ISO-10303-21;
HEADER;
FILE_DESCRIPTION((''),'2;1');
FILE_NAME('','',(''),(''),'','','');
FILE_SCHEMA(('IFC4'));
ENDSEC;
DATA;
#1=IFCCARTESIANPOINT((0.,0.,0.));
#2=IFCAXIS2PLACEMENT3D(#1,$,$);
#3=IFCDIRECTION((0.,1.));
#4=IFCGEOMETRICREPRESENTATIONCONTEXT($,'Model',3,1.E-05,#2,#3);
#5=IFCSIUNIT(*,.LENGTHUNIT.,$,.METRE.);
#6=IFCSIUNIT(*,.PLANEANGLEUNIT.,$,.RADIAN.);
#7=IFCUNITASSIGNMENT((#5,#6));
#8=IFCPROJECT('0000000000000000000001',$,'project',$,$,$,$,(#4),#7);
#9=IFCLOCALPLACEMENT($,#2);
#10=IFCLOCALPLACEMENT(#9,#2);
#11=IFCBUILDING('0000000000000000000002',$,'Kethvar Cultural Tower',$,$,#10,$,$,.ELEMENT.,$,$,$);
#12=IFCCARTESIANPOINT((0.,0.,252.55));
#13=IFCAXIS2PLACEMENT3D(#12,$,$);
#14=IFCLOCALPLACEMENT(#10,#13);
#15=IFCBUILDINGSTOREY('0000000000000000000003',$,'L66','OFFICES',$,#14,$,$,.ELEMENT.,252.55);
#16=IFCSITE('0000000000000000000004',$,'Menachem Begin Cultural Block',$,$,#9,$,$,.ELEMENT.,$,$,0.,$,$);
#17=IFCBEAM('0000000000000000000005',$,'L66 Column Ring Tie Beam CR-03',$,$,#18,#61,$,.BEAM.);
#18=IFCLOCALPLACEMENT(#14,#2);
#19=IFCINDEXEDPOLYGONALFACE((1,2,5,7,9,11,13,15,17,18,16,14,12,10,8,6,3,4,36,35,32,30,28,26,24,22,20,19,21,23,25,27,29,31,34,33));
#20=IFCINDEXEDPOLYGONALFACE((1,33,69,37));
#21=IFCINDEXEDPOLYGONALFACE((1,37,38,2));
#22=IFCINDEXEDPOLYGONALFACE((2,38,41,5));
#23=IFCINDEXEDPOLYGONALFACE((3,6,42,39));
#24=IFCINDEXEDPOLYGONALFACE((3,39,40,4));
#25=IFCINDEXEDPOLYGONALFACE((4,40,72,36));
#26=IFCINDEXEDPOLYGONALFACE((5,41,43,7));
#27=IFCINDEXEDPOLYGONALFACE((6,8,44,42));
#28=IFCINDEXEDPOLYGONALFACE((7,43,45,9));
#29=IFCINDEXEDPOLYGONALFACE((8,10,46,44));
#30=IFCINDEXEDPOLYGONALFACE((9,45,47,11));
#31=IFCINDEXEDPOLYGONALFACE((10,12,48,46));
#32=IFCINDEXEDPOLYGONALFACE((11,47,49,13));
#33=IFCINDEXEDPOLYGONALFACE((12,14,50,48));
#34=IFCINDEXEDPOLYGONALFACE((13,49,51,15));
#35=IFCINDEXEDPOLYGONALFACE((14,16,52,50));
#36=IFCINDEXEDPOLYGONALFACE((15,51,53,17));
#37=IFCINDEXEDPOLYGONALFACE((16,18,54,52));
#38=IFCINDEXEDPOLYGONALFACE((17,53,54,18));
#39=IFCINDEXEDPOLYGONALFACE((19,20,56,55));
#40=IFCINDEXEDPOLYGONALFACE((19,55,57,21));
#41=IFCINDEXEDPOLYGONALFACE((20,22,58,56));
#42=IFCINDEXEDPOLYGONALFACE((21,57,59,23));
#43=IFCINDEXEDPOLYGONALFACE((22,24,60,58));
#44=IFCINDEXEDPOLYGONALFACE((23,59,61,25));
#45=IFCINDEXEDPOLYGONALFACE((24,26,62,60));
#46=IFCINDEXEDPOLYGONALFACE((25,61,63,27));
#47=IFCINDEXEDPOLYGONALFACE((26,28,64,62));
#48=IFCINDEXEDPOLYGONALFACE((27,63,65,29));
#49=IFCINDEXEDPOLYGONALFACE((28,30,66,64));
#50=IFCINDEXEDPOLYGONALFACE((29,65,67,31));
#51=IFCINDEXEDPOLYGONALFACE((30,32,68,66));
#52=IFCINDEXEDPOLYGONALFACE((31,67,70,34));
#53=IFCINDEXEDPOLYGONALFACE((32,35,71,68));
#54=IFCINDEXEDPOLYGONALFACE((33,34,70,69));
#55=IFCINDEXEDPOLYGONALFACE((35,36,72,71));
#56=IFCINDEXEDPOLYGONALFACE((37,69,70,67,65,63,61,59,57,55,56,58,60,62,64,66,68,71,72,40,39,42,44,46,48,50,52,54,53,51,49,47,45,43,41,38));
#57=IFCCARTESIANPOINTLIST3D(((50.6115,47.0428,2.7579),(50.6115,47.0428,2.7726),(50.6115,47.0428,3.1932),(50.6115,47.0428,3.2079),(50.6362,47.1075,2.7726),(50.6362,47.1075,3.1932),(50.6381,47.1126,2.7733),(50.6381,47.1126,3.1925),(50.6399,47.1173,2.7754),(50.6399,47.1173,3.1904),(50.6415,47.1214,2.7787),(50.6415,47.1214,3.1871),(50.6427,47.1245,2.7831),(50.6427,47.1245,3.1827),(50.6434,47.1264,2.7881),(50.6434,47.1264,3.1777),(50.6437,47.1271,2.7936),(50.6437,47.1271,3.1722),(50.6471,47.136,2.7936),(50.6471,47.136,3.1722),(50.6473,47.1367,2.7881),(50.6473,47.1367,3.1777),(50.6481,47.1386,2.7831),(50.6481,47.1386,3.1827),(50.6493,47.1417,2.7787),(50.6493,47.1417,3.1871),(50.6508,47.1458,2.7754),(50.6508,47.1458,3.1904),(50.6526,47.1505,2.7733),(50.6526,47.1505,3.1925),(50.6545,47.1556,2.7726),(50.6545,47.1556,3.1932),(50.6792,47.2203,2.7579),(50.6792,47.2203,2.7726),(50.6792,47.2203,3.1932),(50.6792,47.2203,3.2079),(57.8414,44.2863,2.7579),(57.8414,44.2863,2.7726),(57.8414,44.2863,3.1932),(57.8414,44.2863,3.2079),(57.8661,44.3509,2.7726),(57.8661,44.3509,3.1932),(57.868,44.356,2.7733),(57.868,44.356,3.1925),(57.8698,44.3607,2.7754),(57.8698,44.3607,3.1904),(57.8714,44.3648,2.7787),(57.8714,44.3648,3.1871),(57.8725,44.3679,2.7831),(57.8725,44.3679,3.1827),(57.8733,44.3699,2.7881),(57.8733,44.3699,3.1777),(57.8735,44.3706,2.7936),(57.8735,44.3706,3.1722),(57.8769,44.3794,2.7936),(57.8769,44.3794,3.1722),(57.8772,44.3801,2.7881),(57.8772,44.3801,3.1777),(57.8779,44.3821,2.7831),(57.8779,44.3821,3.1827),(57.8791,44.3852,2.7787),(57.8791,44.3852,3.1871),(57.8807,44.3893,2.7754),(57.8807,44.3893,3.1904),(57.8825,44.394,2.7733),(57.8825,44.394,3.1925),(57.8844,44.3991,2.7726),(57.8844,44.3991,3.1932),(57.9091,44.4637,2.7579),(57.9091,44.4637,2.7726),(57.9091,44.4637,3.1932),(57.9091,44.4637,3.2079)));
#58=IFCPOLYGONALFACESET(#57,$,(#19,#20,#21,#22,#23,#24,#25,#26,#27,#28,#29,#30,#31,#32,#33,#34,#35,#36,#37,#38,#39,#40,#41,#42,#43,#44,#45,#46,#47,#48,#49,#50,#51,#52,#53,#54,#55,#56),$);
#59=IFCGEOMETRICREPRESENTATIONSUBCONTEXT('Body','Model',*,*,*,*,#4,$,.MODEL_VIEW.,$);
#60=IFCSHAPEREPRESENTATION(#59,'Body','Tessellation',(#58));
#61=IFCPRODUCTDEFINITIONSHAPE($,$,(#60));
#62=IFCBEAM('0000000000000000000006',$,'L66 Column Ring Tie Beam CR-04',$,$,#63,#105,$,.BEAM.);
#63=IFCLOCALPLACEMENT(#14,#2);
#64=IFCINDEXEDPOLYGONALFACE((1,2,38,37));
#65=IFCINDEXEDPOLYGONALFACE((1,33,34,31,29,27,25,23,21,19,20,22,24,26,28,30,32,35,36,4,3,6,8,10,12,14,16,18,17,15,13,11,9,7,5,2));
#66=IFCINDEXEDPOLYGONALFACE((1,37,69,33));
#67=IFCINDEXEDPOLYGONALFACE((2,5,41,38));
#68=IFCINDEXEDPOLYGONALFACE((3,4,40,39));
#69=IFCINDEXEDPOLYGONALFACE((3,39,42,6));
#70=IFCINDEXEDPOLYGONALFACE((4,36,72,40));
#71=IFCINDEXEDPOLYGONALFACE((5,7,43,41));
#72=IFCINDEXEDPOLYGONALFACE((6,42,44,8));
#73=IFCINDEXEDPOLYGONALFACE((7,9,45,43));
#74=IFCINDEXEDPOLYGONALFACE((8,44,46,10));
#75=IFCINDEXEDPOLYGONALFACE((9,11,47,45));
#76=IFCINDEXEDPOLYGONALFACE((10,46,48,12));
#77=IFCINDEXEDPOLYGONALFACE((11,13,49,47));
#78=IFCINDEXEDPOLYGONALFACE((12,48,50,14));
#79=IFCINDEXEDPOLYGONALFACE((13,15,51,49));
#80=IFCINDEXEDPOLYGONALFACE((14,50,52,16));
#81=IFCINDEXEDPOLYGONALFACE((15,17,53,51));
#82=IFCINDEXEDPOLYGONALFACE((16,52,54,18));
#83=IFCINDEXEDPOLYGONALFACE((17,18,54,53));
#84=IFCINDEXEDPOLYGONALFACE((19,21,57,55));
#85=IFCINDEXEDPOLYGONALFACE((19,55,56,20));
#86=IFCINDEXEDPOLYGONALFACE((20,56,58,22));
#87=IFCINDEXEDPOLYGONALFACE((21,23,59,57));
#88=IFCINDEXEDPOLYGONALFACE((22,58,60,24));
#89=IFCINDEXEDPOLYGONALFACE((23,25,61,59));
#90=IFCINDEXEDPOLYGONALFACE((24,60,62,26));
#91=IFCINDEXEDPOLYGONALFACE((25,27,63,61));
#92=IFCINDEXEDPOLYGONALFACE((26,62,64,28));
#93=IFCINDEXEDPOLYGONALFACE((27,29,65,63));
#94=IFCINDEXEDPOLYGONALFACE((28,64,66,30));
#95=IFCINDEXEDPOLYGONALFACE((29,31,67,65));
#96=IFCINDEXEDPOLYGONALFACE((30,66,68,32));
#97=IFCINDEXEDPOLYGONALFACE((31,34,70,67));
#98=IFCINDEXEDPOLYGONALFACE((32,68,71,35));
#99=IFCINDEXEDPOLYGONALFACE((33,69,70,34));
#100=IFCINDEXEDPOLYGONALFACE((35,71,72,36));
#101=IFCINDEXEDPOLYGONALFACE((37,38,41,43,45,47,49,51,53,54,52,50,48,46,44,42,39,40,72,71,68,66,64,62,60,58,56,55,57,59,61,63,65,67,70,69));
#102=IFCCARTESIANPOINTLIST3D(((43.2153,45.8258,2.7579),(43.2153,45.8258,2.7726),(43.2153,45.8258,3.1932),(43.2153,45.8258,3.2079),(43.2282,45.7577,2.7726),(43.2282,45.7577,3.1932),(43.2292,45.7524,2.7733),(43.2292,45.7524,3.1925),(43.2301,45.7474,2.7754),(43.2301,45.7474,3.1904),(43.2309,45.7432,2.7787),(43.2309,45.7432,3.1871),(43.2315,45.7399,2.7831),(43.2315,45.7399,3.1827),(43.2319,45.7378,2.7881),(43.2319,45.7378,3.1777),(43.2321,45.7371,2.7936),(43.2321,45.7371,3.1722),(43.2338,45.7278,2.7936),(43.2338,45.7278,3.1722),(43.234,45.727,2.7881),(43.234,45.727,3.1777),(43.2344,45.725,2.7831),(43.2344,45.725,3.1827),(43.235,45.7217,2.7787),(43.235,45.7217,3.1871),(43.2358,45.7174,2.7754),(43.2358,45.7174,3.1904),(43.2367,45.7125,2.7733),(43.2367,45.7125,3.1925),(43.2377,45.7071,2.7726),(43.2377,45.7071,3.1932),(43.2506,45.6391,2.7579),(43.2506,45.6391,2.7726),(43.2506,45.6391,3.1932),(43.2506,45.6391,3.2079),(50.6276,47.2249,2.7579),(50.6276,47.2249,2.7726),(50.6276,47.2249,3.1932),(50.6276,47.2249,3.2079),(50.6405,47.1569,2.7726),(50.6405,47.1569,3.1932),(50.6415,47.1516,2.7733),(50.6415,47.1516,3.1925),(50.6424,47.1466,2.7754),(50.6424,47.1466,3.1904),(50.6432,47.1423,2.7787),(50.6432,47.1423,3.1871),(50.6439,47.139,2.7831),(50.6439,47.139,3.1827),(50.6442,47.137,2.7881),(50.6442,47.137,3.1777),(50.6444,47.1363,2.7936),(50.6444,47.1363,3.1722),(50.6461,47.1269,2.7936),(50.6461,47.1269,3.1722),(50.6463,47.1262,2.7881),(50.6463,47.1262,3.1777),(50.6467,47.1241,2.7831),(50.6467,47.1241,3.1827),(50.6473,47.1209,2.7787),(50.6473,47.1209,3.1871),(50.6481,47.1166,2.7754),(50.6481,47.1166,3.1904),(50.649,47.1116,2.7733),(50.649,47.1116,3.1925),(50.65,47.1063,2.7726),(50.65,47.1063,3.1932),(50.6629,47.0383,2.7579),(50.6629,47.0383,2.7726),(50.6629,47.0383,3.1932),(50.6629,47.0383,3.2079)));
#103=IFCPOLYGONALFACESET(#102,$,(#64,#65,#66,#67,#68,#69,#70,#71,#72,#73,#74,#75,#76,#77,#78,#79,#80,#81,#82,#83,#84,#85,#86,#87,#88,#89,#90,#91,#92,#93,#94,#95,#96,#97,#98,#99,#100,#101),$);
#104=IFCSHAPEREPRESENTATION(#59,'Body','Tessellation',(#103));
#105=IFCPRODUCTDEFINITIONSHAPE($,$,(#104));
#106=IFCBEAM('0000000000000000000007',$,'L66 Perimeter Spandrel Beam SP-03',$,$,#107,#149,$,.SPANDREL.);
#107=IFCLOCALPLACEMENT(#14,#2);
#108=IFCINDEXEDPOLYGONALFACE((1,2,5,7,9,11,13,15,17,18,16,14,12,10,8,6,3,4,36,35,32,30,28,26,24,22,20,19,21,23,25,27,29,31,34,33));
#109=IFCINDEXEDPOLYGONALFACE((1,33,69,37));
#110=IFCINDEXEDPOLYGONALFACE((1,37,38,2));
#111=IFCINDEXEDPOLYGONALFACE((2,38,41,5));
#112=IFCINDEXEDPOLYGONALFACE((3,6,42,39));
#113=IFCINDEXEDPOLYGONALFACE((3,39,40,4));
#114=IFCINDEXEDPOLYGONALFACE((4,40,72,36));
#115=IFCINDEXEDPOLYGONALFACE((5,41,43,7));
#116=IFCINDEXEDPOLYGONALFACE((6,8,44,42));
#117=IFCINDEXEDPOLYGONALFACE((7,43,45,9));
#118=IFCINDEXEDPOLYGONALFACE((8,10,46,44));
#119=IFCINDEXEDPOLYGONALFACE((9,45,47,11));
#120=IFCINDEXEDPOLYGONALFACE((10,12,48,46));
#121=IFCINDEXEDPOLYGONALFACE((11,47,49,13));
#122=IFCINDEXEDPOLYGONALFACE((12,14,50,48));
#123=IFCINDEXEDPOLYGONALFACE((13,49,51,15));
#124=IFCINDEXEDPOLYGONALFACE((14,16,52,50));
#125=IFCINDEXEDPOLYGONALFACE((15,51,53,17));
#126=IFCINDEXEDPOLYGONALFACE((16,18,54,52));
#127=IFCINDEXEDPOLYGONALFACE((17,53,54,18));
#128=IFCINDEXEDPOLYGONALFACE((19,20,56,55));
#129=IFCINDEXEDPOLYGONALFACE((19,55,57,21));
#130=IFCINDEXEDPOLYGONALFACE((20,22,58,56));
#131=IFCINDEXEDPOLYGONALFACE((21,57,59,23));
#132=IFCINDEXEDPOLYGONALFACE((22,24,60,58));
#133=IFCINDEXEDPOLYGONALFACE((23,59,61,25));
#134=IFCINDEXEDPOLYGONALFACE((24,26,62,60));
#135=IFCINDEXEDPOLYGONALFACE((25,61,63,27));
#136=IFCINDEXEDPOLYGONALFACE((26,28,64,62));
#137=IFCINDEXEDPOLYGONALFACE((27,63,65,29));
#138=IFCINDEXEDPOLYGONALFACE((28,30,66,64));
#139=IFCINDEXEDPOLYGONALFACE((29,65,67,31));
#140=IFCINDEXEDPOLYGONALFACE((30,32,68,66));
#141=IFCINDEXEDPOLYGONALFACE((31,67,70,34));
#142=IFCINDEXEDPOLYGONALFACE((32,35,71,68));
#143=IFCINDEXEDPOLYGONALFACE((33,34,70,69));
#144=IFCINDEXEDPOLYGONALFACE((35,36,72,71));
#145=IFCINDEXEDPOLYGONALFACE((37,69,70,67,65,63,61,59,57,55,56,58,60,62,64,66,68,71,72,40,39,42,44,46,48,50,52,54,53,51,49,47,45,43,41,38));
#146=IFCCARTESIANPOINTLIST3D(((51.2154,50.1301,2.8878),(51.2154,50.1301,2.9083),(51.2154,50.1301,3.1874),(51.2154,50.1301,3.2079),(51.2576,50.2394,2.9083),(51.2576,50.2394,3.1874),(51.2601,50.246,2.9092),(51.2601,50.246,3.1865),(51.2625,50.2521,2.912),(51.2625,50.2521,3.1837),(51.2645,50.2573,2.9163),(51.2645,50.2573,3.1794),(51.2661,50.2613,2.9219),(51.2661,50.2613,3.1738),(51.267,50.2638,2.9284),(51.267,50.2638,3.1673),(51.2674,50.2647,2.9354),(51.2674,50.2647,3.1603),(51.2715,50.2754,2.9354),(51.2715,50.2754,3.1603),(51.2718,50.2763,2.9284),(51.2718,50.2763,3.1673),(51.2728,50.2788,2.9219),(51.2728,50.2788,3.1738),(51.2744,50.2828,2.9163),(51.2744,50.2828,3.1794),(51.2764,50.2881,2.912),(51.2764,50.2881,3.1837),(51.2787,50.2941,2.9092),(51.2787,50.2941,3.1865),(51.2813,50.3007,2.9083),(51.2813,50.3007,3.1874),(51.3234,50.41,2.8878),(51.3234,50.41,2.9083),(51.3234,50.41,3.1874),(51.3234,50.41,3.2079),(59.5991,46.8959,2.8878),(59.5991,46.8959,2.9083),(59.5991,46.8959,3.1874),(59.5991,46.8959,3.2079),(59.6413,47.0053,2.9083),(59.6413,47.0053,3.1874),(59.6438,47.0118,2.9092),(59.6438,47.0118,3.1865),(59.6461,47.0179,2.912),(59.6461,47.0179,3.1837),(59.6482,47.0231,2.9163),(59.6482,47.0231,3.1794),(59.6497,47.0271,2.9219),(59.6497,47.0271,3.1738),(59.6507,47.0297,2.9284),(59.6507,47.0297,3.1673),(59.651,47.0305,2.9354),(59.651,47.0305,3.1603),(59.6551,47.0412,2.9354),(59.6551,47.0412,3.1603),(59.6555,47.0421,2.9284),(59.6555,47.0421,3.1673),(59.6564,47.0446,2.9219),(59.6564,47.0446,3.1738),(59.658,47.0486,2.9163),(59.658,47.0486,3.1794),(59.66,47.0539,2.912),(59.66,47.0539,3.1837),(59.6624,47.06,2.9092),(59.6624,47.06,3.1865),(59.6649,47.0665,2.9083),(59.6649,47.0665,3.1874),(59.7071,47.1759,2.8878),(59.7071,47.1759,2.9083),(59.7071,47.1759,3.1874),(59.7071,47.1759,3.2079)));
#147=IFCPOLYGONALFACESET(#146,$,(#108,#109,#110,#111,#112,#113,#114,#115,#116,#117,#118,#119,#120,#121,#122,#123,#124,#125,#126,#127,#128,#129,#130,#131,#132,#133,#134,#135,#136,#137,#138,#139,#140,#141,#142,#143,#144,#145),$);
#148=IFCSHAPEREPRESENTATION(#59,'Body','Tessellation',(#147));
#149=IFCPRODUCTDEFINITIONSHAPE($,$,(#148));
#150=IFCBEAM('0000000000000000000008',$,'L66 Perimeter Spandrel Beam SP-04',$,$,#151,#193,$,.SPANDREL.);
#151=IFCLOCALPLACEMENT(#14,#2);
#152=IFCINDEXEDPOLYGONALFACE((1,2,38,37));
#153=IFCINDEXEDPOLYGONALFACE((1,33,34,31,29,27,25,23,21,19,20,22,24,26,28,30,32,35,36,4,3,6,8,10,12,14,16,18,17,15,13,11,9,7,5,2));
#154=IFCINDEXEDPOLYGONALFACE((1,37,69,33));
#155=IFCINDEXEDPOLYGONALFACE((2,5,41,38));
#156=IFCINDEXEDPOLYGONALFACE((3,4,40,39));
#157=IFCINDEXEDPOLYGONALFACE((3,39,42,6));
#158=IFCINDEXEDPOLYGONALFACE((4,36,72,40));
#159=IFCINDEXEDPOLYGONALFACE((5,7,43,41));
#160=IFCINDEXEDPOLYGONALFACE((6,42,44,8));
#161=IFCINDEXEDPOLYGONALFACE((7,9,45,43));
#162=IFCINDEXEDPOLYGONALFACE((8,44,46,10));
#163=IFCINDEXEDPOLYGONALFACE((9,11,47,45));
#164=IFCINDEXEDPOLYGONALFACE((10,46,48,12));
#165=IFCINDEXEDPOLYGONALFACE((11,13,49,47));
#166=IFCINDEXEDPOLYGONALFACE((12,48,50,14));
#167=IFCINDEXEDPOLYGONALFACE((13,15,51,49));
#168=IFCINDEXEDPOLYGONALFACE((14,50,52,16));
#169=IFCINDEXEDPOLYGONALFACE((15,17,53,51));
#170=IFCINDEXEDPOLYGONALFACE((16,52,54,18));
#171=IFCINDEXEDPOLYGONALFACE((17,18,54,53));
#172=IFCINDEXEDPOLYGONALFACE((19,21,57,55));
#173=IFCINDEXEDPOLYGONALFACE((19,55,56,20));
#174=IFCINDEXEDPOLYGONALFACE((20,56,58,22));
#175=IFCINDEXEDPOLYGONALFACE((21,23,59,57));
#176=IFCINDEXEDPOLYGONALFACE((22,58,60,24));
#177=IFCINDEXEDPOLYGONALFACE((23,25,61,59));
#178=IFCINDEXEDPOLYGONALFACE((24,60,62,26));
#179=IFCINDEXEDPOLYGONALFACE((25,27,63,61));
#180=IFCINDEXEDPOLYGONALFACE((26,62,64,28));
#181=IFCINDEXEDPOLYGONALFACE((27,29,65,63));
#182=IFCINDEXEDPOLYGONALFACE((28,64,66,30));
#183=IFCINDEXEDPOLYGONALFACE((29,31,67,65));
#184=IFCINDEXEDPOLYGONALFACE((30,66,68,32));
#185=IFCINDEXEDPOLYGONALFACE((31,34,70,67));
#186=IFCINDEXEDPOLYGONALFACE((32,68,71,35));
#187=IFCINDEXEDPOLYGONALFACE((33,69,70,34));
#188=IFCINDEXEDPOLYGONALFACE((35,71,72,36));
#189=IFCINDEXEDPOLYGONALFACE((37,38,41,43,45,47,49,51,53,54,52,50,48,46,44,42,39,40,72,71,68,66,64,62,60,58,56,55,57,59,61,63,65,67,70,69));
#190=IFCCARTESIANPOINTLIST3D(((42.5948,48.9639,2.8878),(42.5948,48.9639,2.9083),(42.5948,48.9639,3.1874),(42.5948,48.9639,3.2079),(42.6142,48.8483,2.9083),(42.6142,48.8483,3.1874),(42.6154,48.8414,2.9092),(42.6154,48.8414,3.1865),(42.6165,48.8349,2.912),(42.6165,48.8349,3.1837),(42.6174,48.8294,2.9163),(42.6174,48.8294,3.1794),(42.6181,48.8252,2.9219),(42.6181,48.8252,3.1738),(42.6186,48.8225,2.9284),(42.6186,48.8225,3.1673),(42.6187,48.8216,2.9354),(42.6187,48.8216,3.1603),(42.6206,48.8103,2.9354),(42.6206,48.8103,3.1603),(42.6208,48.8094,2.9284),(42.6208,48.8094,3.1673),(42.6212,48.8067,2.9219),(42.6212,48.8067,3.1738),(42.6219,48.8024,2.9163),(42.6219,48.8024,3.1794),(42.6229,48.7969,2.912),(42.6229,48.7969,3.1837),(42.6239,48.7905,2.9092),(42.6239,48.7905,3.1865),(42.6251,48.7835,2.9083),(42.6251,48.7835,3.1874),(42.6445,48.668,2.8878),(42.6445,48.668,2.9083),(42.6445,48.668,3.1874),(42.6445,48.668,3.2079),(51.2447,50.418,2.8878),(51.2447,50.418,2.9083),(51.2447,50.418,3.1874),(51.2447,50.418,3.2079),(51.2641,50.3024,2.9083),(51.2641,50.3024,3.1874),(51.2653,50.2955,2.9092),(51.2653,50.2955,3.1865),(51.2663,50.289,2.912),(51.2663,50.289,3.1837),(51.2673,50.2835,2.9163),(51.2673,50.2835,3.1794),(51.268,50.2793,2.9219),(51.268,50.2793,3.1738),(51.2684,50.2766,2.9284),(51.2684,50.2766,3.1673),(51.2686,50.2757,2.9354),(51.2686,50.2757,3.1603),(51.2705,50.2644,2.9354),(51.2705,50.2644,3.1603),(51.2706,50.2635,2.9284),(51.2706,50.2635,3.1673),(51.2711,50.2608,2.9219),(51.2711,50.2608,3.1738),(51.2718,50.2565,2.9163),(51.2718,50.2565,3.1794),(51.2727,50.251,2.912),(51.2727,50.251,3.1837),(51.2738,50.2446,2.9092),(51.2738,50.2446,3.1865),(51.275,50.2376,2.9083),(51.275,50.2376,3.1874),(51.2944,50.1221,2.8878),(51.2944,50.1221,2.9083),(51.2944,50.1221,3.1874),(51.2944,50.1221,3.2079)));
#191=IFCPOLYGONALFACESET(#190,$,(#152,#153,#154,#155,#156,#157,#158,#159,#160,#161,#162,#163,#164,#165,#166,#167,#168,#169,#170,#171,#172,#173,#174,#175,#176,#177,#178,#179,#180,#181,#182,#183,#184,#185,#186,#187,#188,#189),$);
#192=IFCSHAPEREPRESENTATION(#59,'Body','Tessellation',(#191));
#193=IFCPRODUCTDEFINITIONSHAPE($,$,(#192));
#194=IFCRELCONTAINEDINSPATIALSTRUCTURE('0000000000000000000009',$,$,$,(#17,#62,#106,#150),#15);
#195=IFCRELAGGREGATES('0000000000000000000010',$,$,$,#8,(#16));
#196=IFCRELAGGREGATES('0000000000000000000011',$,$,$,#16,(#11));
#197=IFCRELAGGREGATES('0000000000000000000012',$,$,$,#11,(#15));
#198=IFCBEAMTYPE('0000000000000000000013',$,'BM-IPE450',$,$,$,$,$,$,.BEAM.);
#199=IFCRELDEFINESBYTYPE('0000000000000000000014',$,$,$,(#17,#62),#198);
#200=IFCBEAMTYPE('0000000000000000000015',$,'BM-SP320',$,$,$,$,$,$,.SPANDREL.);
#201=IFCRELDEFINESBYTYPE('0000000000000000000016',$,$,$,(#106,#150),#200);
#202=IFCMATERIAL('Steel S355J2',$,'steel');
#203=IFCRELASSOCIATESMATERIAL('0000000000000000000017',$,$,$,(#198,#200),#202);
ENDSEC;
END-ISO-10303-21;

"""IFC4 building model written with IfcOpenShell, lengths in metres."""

from ifc_helpers import new_model, si_unit, direction, frame, origin, origin_2d, place, context, subcontext, project, spatial, i_section, extrude, source, transform, mapped, material, material_profile, profile_set, type_object, element, save


model = new_model("IFC4")

# Units and contexts
model_context = context("Model", 3, precision=1e-05, world=origin(), true_north=direction((0.0, 1.0)))
body_context = subcontext(model_context, "Body", "Model", "MODEL_VIEW")
ifc_project = project(units=[si_unit("LENGTHUNIT", "METRE"), si_unit("PLANEANGLEUNIT", "RADIAN")], contexts=[model_context])

# Site, building, storey
site_placement = place(None, origin())
site = spatial("IfcSite", under=ifc_project, at=site_placement, Name="Menachem Begin Cultural Block", CompositionType="ELEMENT", RefElevation=0.0)
building_placement = place(site_placement, origin())
building = spatial("IfcBuilding", under=site, at=building_placement, Name="Kethvar Cultural Tower", CompositionType="ELEMENT")
storey_placement = place(building_placement, frame((0.0, 0.0, 252.55)))
storey = spatial("IfcBuildingStorey", under=building, at=storey_placement, Name="L66", Description="OFFICES", CompositionType="ELEMENT", Elevation=252.55)

# Beams
ifc_material_1 = material(Name="Steel S355J2", Category="steel")
ifc_material_profile_1 = material_profile(ifc_material_1, i_section(OverallWidth=0.1899, OverallDepth=0.45, WebThickness=0.0095, FlangeThickness=0.0146, FilletRadius=0.021, at=origin_2d()), Name="Steel S355J2 — IPE450")
ifc_profile_set_1 = profile_set([ifc_material_profile_1], Name="Steel S355J2 — IPE450")
beam_type_1 = type_object("IfcBeamType", Name="BM-IPE450", PredefinedType="BEAM", material=ifc_profile_set_1)
shared_shape_1 = source(origin(), body_context, "Body", "SweptSolid", [
    extrude(i_section(OverallWidth=0.1899, OverallDepth=0.45, WebThickness=0.0095, FlangeThickness=0.0146, FilletRadius=0.021, at=origin_2d()), origin(), (0.0, 0.0, 1.0), 7.7375),
])
beam_1_placement = place(storey_placement, frame((57.8752, 44.375, 2.9829), z_axis=(-0.934388, 0.356256, 0.0), x_axis=(-0.356256, -0.934388, 0.0)))
element("IfcBeam", 1, at=beam_1_placement, inside=storey, type_object=beam_type_1, Name="L66 Column Ring Tie Beam CR-03", PredefinedType="BEAM", context=body_context, shape_type="MappedRepresentation", body=[
    mapped(shared_shape_1, transform((0.0, 0.0, 0.0), scale=1.0)),
])
shared_shape_2 = source(origin(), body_context, "Body", "SweptSolid", [
    extrude(i_section(OverallWidth=0.1899, OverallDepth=0.45, WebThickness=0.0095, FlangeThickness=0.0146, FilletRadius=0.021, at=origin_2d()), origin(), (0.0, 0.0, 1.0), 7.5432),
])
beam_2_placement = place(storey_placement, frame((50.6453, 47.1316, 2.9829), z_axis=(-0.982647, -0.185486, 0.0), x_axis=(0.185486, -0.982647, 0.0)))
element("IfcBeam", 2, at=beam_2_placement, inside=storey, type_object=beam_type_1, Name="L66 Column Ring Tie Beam CR-04", PredefinedType="BEAM", context=body_context, shape_type="MappedRepresentation", body=[
    mapped(shared_shape_2, transform((0.0, 0.0, 0.0), scale=1.0)),
])
ifc_material_profile_2 = material_profile(ifc_material_1, i_section(OverallWidth=0.3, OverallDepth=0.3201, WebThickness=0.0115, FlangeThickness=0.0205, FilletRadius=0.0271, at=origin_2d()), Name="Steel S355J2 — HEB320")
ifc_profile_set_2 = profile_set([ifc_material_profile_2], Name="Steel S355J2 — HEB320")
beam_type_2 = type_object("IfcBeamType", Name="BM-SP320", PredefinedType="SPANDREL", material=ifc_profile_set_2)
shared_shape_3 = source(origin(), body_context, "Body", "SweptSolid", [
    extrude(i_section(OverallWidth=0.3, OverallDepth=0.3201, WebThickness=0.0115, FlangeThickness=0.0205, FilletRadius=0.0271, at=origin_2d()), origin(), (0.0, 0.0, 1.0), 8.9858),
])
beam_3_placement = place(storey_placement, frame((59.6531, 47.0359, 3.0479), z_axis=(-0.932984, 0.359918, 0.0), x_axis=(-0.359918, -0.932984, 0.0)))
element("IfcBeam", 3, at=beam_3_placement, inside=storey, type_object=beam_type_2, Name="L66 Perimeter Spandrel Beam SP-03", PredefinedType="SPANDREL", context=body_context, shape_type="MappedRepresentation", body=[
    mapped(shared_shape_3, transform((0.0, 0.0, 0.0), scale=1.0)),
])
shared_shape_4 = source(origin(), body_context, "Body", "SweptSolid", [
    extrude(i_section(OverallWidth=0.3, OverallDepth=0.3201, WebThickness=0.0115, FlangeThickness=0.0205, FilletRadius=0.0271, at=origin_2d()), origin(), (0.0, 0.0, 1.0), 8.7712),
])
beam_4_placement = place(storey_placement, frame((51.2695, 50.27, 3.0479), z_axis=(-0.986163, -0.16578, 0.0), x_axis=(0.16578, -0.986163, 0.0)))
element("IfcBeam", 4, at=beam_4_placement, inside=storey, type_object=beam_type_2, Name="L66 Perimeter Spandrel Beam SP-04", PredefinedType="SPANDREL", context=body_context, shape_type="MappedRepresentation", body=[
    mapped(shared_shape_4, transform((0.0, 0.0, 0.0), scale=1.0)),
])

save(model, "model.ifc")
